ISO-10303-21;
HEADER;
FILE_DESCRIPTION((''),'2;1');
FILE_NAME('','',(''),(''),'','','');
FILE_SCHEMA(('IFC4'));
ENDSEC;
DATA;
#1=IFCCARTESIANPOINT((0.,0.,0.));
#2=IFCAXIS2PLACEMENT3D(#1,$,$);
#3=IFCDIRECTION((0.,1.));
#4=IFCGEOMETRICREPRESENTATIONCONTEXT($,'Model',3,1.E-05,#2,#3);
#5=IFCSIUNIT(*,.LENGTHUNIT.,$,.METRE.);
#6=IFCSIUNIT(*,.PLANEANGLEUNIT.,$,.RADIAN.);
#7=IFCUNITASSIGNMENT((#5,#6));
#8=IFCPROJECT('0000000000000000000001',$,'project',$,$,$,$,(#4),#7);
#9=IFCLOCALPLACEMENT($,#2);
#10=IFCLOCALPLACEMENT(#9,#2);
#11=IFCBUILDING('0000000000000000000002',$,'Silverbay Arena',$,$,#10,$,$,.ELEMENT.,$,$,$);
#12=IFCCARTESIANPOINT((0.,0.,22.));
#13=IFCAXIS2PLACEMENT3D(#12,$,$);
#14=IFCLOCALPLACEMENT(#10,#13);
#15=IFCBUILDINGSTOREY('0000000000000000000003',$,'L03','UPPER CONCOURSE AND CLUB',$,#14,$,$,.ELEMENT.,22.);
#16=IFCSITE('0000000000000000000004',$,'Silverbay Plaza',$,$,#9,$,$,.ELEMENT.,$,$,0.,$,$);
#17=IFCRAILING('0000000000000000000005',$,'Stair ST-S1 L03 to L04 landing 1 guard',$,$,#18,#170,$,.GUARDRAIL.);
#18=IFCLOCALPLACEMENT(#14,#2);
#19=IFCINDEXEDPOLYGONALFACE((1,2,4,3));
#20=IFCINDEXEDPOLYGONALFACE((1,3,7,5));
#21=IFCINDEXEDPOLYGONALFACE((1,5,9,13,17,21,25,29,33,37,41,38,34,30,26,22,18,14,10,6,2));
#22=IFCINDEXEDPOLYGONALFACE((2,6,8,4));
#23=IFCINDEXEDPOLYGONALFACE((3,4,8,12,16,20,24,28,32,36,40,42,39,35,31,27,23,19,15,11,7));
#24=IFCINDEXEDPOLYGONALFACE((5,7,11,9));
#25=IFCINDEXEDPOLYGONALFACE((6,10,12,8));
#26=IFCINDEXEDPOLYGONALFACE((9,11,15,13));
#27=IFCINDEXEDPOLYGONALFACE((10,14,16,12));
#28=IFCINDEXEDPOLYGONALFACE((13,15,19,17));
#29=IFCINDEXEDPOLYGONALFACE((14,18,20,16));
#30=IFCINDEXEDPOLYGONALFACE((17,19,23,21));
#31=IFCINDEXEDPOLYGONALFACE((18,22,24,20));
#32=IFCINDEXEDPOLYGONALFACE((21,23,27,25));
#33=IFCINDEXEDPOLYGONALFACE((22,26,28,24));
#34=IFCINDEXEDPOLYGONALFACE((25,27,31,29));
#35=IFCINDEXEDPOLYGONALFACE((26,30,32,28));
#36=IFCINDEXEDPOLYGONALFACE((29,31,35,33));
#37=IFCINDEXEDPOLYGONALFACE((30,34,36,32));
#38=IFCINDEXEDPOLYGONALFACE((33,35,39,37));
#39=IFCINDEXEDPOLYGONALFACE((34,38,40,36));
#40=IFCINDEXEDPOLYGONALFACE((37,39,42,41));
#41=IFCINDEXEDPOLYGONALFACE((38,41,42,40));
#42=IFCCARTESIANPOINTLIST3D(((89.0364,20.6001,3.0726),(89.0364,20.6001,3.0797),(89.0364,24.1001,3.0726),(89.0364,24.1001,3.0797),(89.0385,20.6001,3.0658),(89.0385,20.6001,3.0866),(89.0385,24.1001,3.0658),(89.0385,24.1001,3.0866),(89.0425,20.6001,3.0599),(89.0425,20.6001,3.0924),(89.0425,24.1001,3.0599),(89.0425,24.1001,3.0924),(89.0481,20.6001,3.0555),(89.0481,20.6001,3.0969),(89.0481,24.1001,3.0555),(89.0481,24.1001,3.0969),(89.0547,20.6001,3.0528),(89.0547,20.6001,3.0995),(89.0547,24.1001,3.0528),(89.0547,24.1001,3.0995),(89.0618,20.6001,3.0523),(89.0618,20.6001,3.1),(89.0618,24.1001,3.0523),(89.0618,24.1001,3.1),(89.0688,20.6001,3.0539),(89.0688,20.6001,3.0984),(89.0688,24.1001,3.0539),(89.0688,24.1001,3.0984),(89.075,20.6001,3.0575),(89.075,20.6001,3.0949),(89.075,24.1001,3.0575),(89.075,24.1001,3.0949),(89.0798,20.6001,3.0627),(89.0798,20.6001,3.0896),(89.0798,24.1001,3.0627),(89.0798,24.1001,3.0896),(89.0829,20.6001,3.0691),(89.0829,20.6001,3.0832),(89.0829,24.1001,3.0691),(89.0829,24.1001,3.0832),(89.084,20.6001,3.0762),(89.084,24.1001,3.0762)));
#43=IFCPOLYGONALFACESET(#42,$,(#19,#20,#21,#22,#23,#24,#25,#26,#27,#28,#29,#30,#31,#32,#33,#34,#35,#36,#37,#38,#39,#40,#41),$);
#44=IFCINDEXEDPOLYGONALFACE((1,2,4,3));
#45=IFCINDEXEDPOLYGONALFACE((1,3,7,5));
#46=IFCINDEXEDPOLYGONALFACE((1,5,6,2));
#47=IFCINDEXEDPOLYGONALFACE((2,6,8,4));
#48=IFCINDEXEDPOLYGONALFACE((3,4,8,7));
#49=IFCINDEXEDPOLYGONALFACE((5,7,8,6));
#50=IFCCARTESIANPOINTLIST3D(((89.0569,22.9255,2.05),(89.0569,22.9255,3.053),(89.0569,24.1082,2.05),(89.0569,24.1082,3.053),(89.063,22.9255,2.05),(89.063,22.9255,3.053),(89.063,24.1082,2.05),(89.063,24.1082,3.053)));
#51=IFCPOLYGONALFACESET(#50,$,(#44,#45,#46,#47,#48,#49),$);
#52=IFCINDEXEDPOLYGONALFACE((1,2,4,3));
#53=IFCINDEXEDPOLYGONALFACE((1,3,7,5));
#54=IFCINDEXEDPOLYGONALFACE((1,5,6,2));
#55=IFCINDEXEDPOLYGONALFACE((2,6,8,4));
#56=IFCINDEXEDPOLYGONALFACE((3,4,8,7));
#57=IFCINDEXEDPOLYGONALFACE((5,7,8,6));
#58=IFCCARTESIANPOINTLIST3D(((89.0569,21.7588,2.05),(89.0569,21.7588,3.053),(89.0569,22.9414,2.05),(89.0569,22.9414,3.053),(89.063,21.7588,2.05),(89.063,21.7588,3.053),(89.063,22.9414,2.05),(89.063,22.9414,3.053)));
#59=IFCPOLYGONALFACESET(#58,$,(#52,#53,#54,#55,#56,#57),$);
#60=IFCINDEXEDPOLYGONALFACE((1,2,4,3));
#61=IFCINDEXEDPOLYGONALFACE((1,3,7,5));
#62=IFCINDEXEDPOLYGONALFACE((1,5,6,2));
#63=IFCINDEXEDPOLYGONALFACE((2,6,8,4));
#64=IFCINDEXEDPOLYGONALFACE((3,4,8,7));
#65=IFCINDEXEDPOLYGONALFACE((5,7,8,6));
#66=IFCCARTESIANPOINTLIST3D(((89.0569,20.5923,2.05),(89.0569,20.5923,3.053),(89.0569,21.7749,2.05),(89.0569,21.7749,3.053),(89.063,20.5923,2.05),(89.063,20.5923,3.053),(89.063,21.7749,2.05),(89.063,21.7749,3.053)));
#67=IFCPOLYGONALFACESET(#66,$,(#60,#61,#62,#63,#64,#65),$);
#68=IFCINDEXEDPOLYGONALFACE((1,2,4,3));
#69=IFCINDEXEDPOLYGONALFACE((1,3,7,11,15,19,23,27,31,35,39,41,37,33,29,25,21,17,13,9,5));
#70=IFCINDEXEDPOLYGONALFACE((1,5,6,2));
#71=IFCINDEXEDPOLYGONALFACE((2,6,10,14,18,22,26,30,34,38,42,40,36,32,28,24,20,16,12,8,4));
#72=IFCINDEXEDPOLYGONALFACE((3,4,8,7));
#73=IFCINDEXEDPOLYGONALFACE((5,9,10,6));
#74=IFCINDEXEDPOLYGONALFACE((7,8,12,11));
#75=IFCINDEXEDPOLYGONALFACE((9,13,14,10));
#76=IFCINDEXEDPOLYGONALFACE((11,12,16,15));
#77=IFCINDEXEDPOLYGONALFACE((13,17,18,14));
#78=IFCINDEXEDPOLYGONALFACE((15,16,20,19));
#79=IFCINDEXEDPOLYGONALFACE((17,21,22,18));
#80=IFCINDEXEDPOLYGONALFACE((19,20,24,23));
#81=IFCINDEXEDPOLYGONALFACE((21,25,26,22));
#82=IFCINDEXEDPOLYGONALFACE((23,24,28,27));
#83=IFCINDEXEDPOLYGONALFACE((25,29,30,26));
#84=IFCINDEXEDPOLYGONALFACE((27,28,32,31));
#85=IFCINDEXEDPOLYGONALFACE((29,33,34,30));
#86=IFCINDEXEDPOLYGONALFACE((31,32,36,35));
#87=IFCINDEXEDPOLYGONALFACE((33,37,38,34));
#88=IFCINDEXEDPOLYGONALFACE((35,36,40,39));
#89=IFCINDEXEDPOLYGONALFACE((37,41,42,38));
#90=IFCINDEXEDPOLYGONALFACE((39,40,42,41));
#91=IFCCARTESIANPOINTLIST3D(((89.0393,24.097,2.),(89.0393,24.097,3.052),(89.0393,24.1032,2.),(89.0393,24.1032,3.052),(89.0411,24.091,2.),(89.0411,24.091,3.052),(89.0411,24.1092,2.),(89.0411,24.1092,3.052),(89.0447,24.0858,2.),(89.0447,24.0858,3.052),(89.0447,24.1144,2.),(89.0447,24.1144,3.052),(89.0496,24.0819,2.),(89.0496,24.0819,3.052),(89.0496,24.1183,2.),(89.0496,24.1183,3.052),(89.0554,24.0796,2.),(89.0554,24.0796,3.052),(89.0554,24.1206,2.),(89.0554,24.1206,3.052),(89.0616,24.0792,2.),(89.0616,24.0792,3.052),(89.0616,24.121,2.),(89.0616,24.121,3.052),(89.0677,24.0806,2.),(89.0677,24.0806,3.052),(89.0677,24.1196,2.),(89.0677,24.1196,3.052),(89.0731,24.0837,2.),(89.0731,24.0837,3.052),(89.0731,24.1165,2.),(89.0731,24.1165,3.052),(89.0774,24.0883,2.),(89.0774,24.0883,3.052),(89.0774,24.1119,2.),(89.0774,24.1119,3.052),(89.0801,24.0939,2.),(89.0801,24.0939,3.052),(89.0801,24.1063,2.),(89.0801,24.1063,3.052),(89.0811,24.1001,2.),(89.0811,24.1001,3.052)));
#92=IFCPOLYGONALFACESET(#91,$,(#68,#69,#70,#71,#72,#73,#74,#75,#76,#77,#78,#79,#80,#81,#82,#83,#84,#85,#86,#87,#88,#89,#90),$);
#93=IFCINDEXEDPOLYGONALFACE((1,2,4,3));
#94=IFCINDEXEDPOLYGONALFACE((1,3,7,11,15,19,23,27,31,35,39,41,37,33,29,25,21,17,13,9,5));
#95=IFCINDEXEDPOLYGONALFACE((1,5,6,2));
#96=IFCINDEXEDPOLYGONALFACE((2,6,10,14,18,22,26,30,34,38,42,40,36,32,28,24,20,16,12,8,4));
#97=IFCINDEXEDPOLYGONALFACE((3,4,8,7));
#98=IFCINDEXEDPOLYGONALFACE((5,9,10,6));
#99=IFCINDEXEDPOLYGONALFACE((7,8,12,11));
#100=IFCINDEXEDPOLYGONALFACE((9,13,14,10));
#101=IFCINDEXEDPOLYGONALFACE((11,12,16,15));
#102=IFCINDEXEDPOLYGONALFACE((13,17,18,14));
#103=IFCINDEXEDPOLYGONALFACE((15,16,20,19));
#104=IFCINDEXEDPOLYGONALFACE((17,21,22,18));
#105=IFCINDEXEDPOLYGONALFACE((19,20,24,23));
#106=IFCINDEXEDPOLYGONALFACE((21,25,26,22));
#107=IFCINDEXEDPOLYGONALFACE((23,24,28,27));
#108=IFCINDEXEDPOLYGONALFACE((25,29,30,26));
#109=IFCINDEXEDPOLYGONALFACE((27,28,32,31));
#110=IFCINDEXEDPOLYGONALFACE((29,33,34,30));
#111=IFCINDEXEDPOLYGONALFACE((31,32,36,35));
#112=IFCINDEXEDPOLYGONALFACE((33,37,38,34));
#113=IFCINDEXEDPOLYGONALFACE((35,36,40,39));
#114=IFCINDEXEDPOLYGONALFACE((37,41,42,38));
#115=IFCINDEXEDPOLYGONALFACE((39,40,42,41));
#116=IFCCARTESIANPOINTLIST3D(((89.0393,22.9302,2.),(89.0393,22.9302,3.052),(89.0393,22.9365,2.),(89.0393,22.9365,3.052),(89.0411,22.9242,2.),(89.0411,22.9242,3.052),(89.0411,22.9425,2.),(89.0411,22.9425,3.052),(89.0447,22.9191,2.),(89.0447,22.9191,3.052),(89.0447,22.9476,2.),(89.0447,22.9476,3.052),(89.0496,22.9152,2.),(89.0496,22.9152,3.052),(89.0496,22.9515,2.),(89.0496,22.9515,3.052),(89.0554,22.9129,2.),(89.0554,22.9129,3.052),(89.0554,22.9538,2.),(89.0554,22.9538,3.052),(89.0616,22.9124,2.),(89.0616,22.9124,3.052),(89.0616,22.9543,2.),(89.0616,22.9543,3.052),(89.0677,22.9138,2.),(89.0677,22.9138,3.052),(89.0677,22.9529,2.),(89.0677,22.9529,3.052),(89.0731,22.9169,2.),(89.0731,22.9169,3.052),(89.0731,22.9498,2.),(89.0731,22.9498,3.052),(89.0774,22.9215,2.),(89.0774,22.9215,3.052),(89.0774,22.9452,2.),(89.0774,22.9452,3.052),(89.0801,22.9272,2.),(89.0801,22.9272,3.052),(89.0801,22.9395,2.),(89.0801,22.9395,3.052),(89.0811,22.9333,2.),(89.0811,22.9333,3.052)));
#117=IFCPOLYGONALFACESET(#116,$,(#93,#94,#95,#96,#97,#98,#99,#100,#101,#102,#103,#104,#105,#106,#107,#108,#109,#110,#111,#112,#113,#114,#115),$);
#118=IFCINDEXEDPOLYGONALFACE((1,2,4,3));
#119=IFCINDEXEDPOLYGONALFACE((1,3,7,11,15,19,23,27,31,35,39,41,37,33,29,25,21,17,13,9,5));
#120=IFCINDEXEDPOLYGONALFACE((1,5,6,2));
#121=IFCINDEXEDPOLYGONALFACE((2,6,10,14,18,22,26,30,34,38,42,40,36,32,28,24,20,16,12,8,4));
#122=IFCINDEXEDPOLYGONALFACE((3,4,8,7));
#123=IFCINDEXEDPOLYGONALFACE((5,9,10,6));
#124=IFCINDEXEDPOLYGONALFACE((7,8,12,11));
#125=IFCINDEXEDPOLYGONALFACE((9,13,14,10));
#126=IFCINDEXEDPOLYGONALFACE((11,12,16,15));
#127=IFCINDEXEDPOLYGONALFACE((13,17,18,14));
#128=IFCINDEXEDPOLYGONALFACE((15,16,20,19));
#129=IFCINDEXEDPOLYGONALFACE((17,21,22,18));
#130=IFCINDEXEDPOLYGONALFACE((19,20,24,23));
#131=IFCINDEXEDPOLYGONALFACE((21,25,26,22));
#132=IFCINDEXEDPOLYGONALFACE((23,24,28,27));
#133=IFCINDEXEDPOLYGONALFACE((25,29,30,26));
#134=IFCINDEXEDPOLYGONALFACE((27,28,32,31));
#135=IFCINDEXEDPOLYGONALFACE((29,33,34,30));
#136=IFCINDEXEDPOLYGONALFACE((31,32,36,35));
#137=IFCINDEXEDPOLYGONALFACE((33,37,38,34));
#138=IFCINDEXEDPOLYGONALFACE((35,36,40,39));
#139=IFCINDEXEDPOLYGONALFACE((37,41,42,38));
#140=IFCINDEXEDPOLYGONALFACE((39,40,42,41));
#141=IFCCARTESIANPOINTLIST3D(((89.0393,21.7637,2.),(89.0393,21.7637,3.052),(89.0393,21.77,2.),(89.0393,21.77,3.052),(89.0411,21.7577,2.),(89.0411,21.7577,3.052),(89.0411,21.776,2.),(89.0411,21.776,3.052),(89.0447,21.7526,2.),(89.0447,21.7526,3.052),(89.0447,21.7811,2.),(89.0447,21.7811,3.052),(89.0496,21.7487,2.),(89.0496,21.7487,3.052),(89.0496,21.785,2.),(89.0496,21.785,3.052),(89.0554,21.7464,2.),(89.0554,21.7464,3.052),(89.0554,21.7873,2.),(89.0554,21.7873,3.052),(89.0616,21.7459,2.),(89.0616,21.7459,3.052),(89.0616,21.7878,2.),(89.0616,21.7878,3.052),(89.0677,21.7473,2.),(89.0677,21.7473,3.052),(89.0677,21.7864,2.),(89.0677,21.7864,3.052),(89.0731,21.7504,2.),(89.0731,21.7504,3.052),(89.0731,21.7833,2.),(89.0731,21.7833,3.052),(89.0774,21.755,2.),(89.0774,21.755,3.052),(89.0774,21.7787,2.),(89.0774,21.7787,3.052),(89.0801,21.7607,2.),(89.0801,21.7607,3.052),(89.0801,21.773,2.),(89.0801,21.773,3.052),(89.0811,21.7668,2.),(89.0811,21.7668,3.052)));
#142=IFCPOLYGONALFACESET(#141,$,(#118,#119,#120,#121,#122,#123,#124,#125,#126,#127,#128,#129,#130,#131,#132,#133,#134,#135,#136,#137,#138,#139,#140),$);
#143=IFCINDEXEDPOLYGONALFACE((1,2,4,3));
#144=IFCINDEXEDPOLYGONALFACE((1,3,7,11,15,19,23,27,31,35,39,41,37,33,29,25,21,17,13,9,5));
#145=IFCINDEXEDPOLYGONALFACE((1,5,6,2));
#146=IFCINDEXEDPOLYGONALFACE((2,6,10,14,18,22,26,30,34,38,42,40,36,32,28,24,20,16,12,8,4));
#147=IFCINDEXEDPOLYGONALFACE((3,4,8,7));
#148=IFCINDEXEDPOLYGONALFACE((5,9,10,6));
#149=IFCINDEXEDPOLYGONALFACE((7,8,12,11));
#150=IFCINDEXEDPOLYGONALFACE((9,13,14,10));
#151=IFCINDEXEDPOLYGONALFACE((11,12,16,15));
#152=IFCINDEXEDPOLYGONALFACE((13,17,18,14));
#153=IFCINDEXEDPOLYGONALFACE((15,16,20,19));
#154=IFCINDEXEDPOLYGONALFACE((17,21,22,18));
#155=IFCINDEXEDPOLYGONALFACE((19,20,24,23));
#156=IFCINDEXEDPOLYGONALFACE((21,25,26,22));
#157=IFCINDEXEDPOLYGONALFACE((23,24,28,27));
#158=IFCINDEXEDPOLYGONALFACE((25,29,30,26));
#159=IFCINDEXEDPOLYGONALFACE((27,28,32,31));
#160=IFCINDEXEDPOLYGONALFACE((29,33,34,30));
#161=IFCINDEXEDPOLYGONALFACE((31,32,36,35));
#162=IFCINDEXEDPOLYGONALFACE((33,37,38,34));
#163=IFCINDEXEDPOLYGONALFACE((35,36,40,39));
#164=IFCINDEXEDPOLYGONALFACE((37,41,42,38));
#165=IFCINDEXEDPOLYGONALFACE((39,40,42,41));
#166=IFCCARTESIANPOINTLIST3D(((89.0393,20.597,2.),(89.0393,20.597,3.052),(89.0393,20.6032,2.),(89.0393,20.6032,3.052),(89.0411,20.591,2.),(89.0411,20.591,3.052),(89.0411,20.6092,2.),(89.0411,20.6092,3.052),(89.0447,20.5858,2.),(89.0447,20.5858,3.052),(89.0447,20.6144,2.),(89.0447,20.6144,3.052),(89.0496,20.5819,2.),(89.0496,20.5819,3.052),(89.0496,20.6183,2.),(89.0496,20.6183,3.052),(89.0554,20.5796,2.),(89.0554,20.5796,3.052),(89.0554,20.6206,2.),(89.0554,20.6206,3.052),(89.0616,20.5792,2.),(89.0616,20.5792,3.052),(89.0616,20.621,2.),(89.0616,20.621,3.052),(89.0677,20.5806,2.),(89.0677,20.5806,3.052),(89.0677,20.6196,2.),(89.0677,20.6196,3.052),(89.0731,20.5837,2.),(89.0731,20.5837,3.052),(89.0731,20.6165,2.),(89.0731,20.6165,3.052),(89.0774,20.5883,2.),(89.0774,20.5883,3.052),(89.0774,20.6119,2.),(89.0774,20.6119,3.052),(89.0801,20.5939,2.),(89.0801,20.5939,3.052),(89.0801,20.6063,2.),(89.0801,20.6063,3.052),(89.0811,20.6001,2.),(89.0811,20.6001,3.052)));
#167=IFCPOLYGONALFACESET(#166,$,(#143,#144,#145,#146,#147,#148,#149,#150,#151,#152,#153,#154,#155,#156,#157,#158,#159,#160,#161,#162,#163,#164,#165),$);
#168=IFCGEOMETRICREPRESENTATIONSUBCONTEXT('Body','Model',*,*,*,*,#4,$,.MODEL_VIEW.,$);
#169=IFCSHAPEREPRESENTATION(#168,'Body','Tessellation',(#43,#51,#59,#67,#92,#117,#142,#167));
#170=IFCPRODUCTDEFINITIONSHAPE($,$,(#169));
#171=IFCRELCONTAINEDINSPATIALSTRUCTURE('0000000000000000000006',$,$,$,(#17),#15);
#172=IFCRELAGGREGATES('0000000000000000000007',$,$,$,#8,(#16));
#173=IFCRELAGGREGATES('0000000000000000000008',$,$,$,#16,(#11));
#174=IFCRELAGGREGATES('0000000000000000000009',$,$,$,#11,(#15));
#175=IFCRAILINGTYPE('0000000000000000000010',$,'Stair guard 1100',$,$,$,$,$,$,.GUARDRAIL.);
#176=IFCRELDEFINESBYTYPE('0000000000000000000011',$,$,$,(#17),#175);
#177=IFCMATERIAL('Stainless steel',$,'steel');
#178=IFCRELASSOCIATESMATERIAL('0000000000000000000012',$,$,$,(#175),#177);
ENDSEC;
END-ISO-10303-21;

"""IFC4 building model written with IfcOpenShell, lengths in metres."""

from ifc_helpers import new_model, si_unit, direction, frame, origin, origin_2d, place, context, subcontext, project, spatial, polyline, circle, outline, extrude, material, type_object, element, save


model = new_model("IFC4")

# Units and contexts
model_context = context("Model", 3, precision=1e-05, world=origin(), true_north=direction((0.0, 1.0)))
body_context = subcontext(model_context, "Body", "Model", "MODEL_VIEW")
ifc_project = project(units=[si_unit("LENGTHUNIT", "METRE"), si_unit("PLANEANGLEUNIT", "RADIAN")], contexts=[model_context])

# Site, building, storey
site_placement = place(None, origin())
site = spatial("IfcSite", under=ifc_project, at=site_placement, Name="Silverbay Plaza", CompositionType="ELEMENT", RefElevation=0.0)
building_placement = place(site_placement, origin())
building = spatial("IfcBuilding", under=site, at=building_placement, Name="Silverbay Arena", CompositionType="ELEMENT")
storey_placement = place(building_placement, frame((0.0, 0.0, 22.0)))
storey = spatial("IfcBuildingStorey", under=building, at=storey_placement, Name="L03", Description="UPPER CONCOURSE AND CLUB", CompositionType="ELEMENT", Elevation=22.0)

# Railing
ifc_material_1 = material(Name="Stainless steel", Category="steel")
railing_type_1 = type_object("IfcRailingType", Name="Stair guard 1100", PredefinedType="GUARDRAIL", material=ifc_material_1)
for number, where, name in (
    (1, (89.0601, 24.1001, 2.0), "Stair ST-S1 L03 to L04 landing 1 guard"),
):
    element("IfcRailing", number, at=place(storey_placement, frame(where)), inside=storey, type_object=railing_type_1, Name=name, PredefinedType="GUARDRAIL", context=body_context, shape_type="SweptSolid", body=[
        extrude(circle(Radius=0.0239, at=origin_2d()), frame((0.0, 0.0, 1.0762), z_axis=(0.0, -1.0, 0.0), x_axis=(1.0, 0.0, 0.0)), (0.0, 0.0, 1.0), 3.5),
        extrude(outline(polyline([(-0.0081, 0.05), (1.1746, 0.05), (1.1746, 1.053), (-0.0081, 1.053), (-0.0081, 0.05)])), frame((0.0029, 0.0, 0.0), z_axis=(-1.0, 0.0, 0.0), x_axis=(0.0, -1.0, 0.0)), (0.0, 0.0, 1.0), 0.0061),
        extrude(outline(polyline([(-0.0081, 0.05), (1.1746, 0.05), (1.1746, 1.053), (-0.0081, 1.053), (-0.0081, 0.05)])), frame((0.0029, -1.1667, 0.0), z_axis=(-1.0, 0.0, 0.0), x_axis=(0.0, -1.0, 0.0)), (0.0, 0.0, 1.0), 0.0061),
        extrude(outline(polyline([(-0.0081, 0.05), (1.1746, 0.05), (1.1746, 1.053), (-0.0081, 1.053), (-0.0081, 0.05)])), frame((0.0029, -2.3333, 0.0), z_axis=(-1.0, 0.0, 0.0), x_axis=(0.0, -1.0, 0.0)), (0.0, 0.0, 1.0), 0.0061),
        extrude(circle(Radius=0.021, at=origin_2d()), origin(), (0.0, 0.0, 1.0), 1.052),
        extrude(circle(Radius=0.021, at=origin_2d()), frame((0.0, -1.1667, 0.0)), (0.0, 0.0, 1.0), 1.052),
        extrude(circle(Radius=0.021, at=origin_2d()), frame((0.0, -2.3333, 0.0)), (0.0, 0.0, 1.0), 1.052),
        extrude(circle(Radius=0.021, at=origin_2d()), frame((0.0, -3.5, 0.0)), (0.0, 0.0, 1.0), 1.052),
    ])

save(model, "model.ifc")
